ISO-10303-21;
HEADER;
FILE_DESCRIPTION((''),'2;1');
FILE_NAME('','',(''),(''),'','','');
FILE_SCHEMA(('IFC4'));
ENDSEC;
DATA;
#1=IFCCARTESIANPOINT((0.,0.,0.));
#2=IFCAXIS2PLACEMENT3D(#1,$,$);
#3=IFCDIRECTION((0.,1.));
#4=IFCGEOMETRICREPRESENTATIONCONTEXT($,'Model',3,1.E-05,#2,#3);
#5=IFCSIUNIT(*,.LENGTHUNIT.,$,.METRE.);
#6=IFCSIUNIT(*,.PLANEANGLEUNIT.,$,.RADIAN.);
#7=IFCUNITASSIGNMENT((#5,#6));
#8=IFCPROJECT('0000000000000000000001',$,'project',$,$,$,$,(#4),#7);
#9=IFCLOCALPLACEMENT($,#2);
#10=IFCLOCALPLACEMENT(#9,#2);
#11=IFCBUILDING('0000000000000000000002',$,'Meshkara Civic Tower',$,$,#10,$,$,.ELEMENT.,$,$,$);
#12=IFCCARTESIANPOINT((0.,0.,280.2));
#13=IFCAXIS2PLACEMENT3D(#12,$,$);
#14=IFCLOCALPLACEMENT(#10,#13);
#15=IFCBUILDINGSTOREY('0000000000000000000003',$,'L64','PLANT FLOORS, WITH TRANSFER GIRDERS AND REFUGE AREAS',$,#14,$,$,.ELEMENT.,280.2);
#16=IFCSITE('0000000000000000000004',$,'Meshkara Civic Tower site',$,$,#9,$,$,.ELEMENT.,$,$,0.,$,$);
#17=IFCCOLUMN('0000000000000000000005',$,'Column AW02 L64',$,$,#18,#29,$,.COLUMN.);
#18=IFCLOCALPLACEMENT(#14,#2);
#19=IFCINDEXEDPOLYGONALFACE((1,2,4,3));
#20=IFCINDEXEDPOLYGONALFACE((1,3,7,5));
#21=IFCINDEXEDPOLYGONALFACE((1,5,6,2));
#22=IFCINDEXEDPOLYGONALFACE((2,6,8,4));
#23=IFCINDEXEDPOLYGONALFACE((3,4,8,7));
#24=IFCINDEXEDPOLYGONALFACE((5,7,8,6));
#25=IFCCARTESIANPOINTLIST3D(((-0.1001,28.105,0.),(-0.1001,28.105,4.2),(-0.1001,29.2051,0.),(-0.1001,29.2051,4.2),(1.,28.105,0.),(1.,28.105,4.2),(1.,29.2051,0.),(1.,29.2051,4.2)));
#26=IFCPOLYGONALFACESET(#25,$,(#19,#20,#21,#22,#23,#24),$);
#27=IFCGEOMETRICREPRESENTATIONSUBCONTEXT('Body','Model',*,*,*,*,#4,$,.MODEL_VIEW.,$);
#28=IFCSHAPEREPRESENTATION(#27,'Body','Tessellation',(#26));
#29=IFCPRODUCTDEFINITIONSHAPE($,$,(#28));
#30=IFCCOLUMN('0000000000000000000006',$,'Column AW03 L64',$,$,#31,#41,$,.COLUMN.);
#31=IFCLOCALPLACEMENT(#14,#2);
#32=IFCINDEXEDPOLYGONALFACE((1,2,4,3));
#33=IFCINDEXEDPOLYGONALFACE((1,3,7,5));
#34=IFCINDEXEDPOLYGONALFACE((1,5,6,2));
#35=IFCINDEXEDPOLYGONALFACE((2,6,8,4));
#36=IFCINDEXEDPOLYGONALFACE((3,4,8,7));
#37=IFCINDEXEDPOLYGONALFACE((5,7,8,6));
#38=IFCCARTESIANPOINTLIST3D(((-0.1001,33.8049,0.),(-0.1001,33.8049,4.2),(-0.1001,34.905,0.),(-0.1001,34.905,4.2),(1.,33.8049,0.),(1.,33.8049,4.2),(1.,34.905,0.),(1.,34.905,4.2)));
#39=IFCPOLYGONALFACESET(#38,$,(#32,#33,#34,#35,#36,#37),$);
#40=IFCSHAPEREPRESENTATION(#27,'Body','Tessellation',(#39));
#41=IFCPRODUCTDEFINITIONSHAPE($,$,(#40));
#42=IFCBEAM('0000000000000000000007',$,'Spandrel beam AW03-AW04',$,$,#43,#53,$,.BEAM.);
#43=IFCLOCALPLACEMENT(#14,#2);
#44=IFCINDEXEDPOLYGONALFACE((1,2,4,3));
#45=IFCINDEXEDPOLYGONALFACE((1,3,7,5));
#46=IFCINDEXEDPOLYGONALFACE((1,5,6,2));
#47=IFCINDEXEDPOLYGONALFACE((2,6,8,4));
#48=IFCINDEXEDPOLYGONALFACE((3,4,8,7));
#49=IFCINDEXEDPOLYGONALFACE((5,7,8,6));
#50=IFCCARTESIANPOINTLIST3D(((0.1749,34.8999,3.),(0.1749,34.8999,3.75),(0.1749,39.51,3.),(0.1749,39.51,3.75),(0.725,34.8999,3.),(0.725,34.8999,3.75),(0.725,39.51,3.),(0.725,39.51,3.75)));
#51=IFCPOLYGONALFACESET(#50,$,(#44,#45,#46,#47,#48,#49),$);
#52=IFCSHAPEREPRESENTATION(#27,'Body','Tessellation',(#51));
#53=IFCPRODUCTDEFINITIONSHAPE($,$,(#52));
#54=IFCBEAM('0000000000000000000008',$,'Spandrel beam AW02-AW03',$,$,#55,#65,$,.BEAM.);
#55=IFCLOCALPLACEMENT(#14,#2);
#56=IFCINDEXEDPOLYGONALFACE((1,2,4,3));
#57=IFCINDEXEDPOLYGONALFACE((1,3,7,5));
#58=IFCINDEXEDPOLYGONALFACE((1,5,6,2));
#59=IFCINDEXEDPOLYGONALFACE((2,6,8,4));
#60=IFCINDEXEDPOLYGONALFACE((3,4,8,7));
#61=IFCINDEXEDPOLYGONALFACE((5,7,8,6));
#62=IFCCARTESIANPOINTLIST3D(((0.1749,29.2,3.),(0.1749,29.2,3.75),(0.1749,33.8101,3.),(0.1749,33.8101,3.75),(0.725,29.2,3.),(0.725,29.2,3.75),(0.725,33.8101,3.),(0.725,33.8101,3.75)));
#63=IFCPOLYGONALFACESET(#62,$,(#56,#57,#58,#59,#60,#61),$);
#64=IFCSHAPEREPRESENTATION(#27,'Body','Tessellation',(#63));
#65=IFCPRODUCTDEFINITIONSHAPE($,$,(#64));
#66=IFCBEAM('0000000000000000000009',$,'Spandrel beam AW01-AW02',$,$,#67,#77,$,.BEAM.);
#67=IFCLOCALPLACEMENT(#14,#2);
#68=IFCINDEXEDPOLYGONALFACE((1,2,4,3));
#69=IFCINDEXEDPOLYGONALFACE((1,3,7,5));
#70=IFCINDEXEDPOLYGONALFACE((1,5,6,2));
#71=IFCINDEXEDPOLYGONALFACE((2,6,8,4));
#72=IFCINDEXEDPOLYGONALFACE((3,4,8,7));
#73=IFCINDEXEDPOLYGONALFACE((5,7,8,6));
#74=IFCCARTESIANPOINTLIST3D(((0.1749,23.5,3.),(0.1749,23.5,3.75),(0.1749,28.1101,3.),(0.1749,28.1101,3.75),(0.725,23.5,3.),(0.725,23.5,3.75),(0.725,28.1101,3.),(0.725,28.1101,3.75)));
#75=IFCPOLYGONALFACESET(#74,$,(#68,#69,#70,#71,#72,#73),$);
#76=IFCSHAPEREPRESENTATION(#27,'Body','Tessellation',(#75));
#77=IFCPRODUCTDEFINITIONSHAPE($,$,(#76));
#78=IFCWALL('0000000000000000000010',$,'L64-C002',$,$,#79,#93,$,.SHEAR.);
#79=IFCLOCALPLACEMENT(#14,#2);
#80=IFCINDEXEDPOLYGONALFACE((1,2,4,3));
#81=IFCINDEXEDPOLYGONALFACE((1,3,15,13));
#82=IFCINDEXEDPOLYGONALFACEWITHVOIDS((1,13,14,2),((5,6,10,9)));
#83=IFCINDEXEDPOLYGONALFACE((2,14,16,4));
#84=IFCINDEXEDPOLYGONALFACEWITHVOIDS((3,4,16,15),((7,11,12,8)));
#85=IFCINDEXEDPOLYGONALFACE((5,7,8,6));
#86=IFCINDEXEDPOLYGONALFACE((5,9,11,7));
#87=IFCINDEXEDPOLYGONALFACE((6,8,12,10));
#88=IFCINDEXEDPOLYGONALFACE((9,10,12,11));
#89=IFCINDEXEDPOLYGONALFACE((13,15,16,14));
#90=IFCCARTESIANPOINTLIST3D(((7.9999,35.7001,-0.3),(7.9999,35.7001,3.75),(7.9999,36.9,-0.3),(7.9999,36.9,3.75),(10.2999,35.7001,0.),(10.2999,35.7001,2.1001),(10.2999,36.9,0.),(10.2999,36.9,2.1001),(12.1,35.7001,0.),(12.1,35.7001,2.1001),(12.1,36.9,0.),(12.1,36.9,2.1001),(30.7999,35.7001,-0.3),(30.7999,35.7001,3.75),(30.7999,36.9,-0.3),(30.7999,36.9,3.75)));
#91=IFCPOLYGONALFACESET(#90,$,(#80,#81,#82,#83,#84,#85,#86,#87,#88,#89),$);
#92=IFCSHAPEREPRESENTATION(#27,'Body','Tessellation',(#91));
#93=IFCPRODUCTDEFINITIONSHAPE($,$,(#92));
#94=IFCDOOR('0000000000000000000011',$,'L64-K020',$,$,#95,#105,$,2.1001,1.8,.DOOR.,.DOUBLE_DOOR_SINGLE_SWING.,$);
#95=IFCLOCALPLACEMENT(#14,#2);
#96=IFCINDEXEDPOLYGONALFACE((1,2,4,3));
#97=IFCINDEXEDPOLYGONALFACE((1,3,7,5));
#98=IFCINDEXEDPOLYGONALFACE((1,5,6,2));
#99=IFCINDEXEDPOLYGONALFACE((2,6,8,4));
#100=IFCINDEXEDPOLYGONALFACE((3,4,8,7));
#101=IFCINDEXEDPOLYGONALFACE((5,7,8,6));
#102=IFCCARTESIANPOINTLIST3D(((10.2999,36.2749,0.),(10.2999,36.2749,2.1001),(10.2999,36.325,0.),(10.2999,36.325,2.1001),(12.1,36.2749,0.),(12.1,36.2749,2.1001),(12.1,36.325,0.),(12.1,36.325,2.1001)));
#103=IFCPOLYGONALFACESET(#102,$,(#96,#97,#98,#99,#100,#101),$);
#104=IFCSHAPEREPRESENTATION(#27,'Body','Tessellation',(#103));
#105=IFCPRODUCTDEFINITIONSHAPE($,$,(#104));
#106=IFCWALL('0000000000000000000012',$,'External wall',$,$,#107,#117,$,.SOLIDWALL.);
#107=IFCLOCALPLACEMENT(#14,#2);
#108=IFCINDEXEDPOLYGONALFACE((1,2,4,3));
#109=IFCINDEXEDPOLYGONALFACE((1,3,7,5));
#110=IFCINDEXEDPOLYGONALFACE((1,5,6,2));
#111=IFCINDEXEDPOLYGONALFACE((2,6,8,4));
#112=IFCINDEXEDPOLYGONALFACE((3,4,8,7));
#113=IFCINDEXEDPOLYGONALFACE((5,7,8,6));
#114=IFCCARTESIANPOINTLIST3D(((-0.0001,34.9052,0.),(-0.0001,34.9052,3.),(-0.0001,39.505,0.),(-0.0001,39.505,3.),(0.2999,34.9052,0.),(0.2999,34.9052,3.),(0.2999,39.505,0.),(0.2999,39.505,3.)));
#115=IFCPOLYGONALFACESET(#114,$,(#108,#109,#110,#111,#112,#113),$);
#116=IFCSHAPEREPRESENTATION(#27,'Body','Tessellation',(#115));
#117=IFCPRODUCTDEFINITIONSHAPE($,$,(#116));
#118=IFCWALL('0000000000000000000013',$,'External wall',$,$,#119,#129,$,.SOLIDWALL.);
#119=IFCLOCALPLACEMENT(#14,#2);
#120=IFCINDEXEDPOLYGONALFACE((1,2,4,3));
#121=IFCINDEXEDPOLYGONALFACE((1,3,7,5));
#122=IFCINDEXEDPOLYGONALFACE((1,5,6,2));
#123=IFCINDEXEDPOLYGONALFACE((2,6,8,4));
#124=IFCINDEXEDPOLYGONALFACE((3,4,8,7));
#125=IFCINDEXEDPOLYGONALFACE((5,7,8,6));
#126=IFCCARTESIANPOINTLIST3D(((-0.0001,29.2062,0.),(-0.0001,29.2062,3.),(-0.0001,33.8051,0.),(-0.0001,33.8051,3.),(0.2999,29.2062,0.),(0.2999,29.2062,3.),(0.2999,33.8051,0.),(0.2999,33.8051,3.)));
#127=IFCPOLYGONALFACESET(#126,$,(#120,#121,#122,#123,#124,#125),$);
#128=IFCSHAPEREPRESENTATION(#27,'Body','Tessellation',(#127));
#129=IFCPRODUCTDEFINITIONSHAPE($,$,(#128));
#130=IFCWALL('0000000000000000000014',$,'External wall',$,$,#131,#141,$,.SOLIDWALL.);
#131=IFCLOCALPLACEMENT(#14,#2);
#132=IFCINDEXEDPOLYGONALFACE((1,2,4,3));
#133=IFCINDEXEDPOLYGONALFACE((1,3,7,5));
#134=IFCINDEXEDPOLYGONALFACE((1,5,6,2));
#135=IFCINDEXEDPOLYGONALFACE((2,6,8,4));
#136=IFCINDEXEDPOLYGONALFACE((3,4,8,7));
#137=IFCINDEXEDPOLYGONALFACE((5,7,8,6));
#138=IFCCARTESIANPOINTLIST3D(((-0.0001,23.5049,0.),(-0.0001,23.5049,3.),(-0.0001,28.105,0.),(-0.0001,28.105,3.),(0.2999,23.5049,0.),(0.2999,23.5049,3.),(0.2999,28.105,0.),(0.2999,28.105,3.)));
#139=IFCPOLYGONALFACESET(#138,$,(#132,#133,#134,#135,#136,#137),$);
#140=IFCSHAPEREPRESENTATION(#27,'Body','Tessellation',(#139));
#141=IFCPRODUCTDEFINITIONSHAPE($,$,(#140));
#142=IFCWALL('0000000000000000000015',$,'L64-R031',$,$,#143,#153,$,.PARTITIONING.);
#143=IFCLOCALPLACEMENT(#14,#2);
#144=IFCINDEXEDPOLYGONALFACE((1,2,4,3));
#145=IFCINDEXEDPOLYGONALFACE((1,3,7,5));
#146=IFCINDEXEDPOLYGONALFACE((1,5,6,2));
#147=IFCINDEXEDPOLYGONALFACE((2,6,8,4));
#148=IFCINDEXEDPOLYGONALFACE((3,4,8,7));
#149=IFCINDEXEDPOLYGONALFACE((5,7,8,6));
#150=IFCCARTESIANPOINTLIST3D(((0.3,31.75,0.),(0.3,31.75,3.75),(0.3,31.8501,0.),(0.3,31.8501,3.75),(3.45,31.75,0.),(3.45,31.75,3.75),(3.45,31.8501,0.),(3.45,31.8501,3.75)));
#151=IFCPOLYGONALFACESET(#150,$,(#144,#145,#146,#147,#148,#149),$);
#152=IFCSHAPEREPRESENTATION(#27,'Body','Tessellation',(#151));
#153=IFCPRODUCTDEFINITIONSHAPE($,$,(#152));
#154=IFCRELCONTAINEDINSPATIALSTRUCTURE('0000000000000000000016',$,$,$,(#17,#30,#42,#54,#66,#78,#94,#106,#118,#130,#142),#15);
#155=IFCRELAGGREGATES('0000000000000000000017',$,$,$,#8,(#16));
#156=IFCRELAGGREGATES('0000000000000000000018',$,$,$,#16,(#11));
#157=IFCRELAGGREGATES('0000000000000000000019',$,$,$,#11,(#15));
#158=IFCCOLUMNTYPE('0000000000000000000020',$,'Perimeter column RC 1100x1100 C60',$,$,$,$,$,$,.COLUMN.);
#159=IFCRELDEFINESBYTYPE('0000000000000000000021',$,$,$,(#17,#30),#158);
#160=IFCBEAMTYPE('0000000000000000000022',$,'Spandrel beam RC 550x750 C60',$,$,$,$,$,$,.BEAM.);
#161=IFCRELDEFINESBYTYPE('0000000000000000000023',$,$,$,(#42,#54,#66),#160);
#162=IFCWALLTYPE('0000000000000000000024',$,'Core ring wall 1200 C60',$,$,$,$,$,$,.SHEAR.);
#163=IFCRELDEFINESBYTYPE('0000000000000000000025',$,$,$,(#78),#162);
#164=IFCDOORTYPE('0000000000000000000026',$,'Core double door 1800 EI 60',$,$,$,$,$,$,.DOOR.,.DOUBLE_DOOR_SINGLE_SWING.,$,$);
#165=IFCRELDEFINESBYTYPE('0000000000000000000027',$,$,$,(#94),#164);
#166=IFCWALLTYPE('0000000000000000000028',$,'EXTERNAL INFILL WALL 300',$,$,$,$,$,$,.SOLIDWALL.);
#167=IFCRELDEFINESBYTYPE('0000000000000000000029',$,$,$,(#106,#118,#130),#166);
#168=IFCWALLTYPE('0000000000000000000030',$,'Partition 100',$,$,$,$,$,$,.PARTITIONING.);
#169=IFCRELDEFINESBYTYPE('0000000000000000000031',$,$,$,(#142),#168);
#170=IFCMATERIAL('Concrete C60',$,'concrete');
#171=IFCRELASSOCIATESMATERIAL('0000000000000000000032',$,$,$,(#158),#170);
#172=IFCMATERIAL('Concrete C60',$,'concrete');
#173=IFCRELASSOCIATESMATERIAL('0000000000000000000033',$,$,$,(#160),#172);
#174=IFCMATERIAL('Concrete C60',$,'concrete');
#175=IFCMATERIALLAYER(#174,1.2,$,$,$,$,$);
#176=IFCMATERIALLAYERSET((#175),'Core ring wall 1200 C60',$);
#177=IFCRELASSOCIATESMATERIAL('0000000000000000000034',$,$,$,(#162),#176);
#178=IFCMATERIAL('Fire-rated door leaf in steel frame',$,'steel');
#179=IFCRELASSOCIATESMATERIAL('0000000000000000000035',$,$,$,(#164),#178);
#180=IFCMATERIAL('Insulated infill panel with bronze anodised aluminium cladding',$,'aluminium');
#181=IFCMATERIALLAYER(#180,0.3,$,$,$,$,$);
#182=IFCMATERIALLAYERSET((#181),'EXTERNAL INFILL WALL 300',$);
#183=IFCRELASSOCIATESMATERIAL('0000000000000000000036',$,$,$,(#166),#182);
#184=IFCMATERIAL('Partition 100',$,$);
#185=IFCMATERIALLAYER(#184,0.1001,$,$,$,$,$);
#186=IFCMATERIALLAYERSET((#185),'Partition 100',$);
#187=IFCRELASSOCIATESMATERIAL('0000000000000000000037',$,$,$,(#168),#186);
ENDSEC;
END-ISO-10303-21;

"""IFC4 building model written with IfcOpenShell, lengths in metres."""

from ifc_helpers import new_model, si_unit, direction, frame, frame_2d, origin, origin_2d, place, context, subcontext, project, spatial, rectangle, extrude, material, layer, layer_set, material_profile, profile_set, type_object, element, fill, save


model = new_model("IFC4")

# Units and contexts
model_context = context("Model", 3, precision=1e-05, world=origin(), true_north=direction((0.0, 1.0)))
body_context = subcontext(model_context, "Body", "Model", "MODEL_VIEW")
ifc_project = project(units=[si_unit("LENGTHUNIT", "METRE"), si_unit("PLANEANGLEUNIT", "RADIAN")], contexts=[model_context])

# Site, building, storey
site_placement = place(None, origin())
site = spatial("IfcSite", under=ifc_project, at=site_placement, Name="Meshkara Civic Tower site", CompositionType="ELEMENT", RefElevation=0.0)
building_placement = place(site_placement, origin())
building = spatial("IfcBuilding", under=site, at=building_placement, Name="Meshkara Civic Tower", CompositionType="ELEMENT")
storey_placement = place(building_placement, frame((0.0, 0.0, 280.2)))
storey = spatial("IfcBuildingStorey", under=building, at=storey_placement, Name="L64", Description="PLANT FLOORS, WITH TRANSFER GIRDERS AND REFUGE AREAS", CompositionType="ELEMENT", Elevation=280.2)

# Columns
ifc_material_1 = material(Name="Concrete C60", Category="concrete")
ifc_material_profile_1 = material_profile(ifc_material_1, rectangle(XDim=1.1001, YDim=1.1001, at=origin_2d()))
ifc_profile_set_1 = profile_set([ifc_material_profile_1], Name="Concrete C60")
column_type = type_object("IfcColumnType", Name="Perimeter column RC 1100x1100 C60", PredefinedType="COLUMN", material=ifc_profile_set_1)
for number, where, z_axis, x_axis, name in (
    (1, (0.45, 28.655, 0.0), (0.0, 0.0, 1.0), (1.0, 0.0, 0.0), "Column AW02 L64"),
    (2, (0.45, 34.355, 0.0), (0.0, 0.0, 1.0), (1.0, 0.0, 0.0), "Column AW03 L64"),
):
    element("IfcColumn", number, at=place(storey_placement, frame(where, z_axis=z_axis, x_axis=x_axis)), inside=storey, type_object=column_type, Name=name, PredefinedType="COLUMN", context=body_context, shape_type="SweptSolid", body=[
        extrude(rectangle(XDim=1.1001, YDim=1.1001, at=origin_2d()), origin(), (0.0, 0.0, 1.0), 4.2),
    ])

# Beams
ifc_material_2 = material(Name="Concrete C60", Category="concrete")
ifc_material_profile_2 = material_profile(ifc_material_2, rectangle(XDim=0.55, YDim=0.75, at=origin_2d()))
ifc_profile_set_2 = profile_set([ifc_material_profile_2], Name="Concrete C60")
beam_type = type_object("IfcBeamType", Name="Spandrel beam RC 550x750 C60", PredefinedType="BEAM", material=ifc_profile_set_2)
for number, where, z_axis, x_axis, name in (
    (3, (0.45, 39.51, 3.375), (0.0, -1.0, 0.0), (1.0, 0.0, 0.0), "Spandrel beam AW03-AW04"),
    (4, (0.45, 33.8101, 3.375), (0.0, -1.0, 0.0), (1.0, 0.0, 0.0), "Spandrel beam AW02-AW03"),
    (5, (0.45, 28.1101, 3.375), (0.0, -1.0, 0.0), (1.0, 0.0, 0.0), "Spandrel beam AW01-AW02"),
):
    element("IfcBeam", number, at=place(storey_placement, frame(where, z_axis=z_axis, x_axis=x_axis)), inside=storey, type_object=beam_type, Name=name, PredefinedType="BEAM", context=body_context, shape_type="SweptSolid", body=[
        extrude(rectangle(XDim=0.55, YDim=0.75, at=origin_2d()), origin(), (0.0, 0.0, 1.0), 4.6101),
    ])

# Wall, opening, door
ifc_material_3 = material(Name="Concrete C60", Category="concrete")
ifc_layer_1 = layer(ifc_material_3, 1.2)
ifc_layer_set_1 = layer_set([ifc_layer_1], Name="Core ring wall 1200 C60")
wall_type_1 = type_object("IfcWallType", Name="Core ring wall 1200 C60", PredefinedType="SHEAR", material=ifc_layer_set_1)
wall_1_placement = place(storey_placement, frame((8.0, 36.3, -0.3), z_axis=(0.0, 0.0, 1.0), x_axis=(1.0, 0.0, 0.0)))
wall_1 = element("IfcWall", 6, at=wall_1_placement, inside=storey, type_object=wall_type_1, Name="L64-C002", PredefinedType="SHEAR", context=body_context, shape_type="SweptSolid", body=[
    extrude(rectangle(XDim=22.8, YDim=1.2, at=frame_2d((11.3999, 0.0))), origin(), (0.0, 0.0, 1.0), 4.05),
])
opening_1_placement = place(wall_1_placement, frame((2.3, 0.0, 0.3)))
opening_1 = element("IfcOpeningElement", 7, at=opening_1_placement, cuts=wall_1, PredefinedType="OPENING", context=body_context, shape_type="SweptSolid", body=[
    extrude(rectangle(XDim=1.8, YDim=2.1001, at=frame_2d((0.8999, 1.05))), frame((0.0, 0.6099, 0.0), z_axis=(0.0, -1.0, 0.0), x_axis=(1.0, 0.0, 0.0)), (0.0, 0.0, 1.0), 1.22),
])
ifc_material_4 = material(Name="Fire-rated door leaf in steel frame", Category="steel")
door_type_1 = type_object("IfcDoorType", Name="Core double door 1800 EI 60", OperationType="DOUBLE_DOOR_SINGLE_SWING", PredefinedType="DOOR", material=ifc_material_4)
door_1_placement = place(opening_1_placement, origin())
door_1 = element("IfcDoor", 8, at=door_1_placement, inside=storey, type_object=door_type_1, Name="L64-K020", OperationType="DOUBLE_DOOR_SINGLE_SWING", OverallHeight=2.1001, OverallWidth=1.8, PredefinedType="DOOR", context=body_context, shape_type="SweptSolid", body=[
    extrude(rectangle(XDim=1.8, YDim=2.1001, at=frame_2d((0.8999, 1.05))), frame((0.0, 0.0249, 0.0), z_axis=(0.0, -1.0, 0.0), x_axis=(1.0, 0.0, 0.0)), (0.0, 0.0, 1.0), 0.05),
])
fill(opening_1, door_1)

# Walls
ifc_material_5 = material(Name="Insulated infill panel with bronze anodised aluminium cladding", Category="aluminium")
ifc_layer_2 = layer(ifc_material_5, 0.3)
ifc_layer_set_2 = layer_set([ifc_layer_2], Name="EXTERNAL INFILL WALL 300")
wall_type_2 = type_object("IfcWallType", Name="EXTERNAL INFILL WALL 300", PredefinedType="SOLIDWALL", material=ifc_layer_set_2)
wall_2_placement = place(storey_placement, frame((0.1499, 39.5049, 0.0), z_axis=(0.0, 0.0, 1.0), x_axis=(0.0, -1.0, 0.0)))
element("IfcWall", 9, at=wall_2_placement, inside=storey, type_object=wall_type_2, Name="External wall", PredefinedType="SOLIDWALL", context=body_context, shape_type="SweptSolid", body=[
    extrude(rectangle(XDim=4.5999, YDim=0.3, at=frame_2d((2.2998, 0.0))), origin(), (0.0, 0.0, 1.0), 3.0),
])
wall_3_placement = place(storey_placement, frame((0.1499, 33.8049, 0.0), z_axis=(0.0, 0.0, 1.0), x_axis=(0.0, -1.0, 0.0)))
element("IfcWall", 10, at=wall_3_placement, inside=storey, type_object=wall_type_2, Name="External wall", PredefinedType="SOLIDWALL", context=body_context, shape_type="SweptSolid", body=[
    extrude(rectangle(XDim=4.5989, YDim=0.3, at=frame_2d((2.2993, 0.0))), origin(), (0.0, 0.0, 1.0), 3.0),
])
wall_4_placement = place(storey_placement, frame((0.1499, 28.105, 0.0), z_axis=(0.0, 0.0, 1.0), x_axis=(0.0, -1.0, 0.0)))
element("IfcWall", 11, at=wall_4_placement, inside=storey, type_object=wall_type_2, Name="External wall", PredefinedType="SOLIDWALL", context=body_context, shape_type="SweptSolid", body=[
    extrude(rectangle(XDim=4.6001, YDim=0.3, at=frame_2d((2.3, 0.0))), origin(), (0.0, 0.0, 1.0), 3.0),
])
ifc_material_6 = material(Name="Partition 100")
ifc_layer_3 = layer(ifc_material_6, 0.1001)
ifc_layer_set_3 = layer_set([ifc_layer_3], Name="Partition 100")
wall_type_3 = type_object("IfcWallType", Name="Partition 100", PredefinedType="PARTITIONING", material=ifc_layer_set_3)
wall_5_placement = place(storey_placement, frame((3.45, 31.8, 0.0), z_axis=(0.0, 0.0, 1.0), x_axis=(-1.0, 0.0, 0.0)))
element("IfcWall", 12, at=wall_5_placement, inside=storey, type_object=wall_type_3, Name="L64-R031", PredefinedType="PARTITIONING", context=body_context, shape_type="SweptSolid", body=[
    extrude(rectangle(XDim=3.1499, YDim=0.1001, at=frame_2d((1.575, 0.0))), origin(), (0.0, 0.0, 1.0), 3.75),
])

save(model, "model.ifc")
